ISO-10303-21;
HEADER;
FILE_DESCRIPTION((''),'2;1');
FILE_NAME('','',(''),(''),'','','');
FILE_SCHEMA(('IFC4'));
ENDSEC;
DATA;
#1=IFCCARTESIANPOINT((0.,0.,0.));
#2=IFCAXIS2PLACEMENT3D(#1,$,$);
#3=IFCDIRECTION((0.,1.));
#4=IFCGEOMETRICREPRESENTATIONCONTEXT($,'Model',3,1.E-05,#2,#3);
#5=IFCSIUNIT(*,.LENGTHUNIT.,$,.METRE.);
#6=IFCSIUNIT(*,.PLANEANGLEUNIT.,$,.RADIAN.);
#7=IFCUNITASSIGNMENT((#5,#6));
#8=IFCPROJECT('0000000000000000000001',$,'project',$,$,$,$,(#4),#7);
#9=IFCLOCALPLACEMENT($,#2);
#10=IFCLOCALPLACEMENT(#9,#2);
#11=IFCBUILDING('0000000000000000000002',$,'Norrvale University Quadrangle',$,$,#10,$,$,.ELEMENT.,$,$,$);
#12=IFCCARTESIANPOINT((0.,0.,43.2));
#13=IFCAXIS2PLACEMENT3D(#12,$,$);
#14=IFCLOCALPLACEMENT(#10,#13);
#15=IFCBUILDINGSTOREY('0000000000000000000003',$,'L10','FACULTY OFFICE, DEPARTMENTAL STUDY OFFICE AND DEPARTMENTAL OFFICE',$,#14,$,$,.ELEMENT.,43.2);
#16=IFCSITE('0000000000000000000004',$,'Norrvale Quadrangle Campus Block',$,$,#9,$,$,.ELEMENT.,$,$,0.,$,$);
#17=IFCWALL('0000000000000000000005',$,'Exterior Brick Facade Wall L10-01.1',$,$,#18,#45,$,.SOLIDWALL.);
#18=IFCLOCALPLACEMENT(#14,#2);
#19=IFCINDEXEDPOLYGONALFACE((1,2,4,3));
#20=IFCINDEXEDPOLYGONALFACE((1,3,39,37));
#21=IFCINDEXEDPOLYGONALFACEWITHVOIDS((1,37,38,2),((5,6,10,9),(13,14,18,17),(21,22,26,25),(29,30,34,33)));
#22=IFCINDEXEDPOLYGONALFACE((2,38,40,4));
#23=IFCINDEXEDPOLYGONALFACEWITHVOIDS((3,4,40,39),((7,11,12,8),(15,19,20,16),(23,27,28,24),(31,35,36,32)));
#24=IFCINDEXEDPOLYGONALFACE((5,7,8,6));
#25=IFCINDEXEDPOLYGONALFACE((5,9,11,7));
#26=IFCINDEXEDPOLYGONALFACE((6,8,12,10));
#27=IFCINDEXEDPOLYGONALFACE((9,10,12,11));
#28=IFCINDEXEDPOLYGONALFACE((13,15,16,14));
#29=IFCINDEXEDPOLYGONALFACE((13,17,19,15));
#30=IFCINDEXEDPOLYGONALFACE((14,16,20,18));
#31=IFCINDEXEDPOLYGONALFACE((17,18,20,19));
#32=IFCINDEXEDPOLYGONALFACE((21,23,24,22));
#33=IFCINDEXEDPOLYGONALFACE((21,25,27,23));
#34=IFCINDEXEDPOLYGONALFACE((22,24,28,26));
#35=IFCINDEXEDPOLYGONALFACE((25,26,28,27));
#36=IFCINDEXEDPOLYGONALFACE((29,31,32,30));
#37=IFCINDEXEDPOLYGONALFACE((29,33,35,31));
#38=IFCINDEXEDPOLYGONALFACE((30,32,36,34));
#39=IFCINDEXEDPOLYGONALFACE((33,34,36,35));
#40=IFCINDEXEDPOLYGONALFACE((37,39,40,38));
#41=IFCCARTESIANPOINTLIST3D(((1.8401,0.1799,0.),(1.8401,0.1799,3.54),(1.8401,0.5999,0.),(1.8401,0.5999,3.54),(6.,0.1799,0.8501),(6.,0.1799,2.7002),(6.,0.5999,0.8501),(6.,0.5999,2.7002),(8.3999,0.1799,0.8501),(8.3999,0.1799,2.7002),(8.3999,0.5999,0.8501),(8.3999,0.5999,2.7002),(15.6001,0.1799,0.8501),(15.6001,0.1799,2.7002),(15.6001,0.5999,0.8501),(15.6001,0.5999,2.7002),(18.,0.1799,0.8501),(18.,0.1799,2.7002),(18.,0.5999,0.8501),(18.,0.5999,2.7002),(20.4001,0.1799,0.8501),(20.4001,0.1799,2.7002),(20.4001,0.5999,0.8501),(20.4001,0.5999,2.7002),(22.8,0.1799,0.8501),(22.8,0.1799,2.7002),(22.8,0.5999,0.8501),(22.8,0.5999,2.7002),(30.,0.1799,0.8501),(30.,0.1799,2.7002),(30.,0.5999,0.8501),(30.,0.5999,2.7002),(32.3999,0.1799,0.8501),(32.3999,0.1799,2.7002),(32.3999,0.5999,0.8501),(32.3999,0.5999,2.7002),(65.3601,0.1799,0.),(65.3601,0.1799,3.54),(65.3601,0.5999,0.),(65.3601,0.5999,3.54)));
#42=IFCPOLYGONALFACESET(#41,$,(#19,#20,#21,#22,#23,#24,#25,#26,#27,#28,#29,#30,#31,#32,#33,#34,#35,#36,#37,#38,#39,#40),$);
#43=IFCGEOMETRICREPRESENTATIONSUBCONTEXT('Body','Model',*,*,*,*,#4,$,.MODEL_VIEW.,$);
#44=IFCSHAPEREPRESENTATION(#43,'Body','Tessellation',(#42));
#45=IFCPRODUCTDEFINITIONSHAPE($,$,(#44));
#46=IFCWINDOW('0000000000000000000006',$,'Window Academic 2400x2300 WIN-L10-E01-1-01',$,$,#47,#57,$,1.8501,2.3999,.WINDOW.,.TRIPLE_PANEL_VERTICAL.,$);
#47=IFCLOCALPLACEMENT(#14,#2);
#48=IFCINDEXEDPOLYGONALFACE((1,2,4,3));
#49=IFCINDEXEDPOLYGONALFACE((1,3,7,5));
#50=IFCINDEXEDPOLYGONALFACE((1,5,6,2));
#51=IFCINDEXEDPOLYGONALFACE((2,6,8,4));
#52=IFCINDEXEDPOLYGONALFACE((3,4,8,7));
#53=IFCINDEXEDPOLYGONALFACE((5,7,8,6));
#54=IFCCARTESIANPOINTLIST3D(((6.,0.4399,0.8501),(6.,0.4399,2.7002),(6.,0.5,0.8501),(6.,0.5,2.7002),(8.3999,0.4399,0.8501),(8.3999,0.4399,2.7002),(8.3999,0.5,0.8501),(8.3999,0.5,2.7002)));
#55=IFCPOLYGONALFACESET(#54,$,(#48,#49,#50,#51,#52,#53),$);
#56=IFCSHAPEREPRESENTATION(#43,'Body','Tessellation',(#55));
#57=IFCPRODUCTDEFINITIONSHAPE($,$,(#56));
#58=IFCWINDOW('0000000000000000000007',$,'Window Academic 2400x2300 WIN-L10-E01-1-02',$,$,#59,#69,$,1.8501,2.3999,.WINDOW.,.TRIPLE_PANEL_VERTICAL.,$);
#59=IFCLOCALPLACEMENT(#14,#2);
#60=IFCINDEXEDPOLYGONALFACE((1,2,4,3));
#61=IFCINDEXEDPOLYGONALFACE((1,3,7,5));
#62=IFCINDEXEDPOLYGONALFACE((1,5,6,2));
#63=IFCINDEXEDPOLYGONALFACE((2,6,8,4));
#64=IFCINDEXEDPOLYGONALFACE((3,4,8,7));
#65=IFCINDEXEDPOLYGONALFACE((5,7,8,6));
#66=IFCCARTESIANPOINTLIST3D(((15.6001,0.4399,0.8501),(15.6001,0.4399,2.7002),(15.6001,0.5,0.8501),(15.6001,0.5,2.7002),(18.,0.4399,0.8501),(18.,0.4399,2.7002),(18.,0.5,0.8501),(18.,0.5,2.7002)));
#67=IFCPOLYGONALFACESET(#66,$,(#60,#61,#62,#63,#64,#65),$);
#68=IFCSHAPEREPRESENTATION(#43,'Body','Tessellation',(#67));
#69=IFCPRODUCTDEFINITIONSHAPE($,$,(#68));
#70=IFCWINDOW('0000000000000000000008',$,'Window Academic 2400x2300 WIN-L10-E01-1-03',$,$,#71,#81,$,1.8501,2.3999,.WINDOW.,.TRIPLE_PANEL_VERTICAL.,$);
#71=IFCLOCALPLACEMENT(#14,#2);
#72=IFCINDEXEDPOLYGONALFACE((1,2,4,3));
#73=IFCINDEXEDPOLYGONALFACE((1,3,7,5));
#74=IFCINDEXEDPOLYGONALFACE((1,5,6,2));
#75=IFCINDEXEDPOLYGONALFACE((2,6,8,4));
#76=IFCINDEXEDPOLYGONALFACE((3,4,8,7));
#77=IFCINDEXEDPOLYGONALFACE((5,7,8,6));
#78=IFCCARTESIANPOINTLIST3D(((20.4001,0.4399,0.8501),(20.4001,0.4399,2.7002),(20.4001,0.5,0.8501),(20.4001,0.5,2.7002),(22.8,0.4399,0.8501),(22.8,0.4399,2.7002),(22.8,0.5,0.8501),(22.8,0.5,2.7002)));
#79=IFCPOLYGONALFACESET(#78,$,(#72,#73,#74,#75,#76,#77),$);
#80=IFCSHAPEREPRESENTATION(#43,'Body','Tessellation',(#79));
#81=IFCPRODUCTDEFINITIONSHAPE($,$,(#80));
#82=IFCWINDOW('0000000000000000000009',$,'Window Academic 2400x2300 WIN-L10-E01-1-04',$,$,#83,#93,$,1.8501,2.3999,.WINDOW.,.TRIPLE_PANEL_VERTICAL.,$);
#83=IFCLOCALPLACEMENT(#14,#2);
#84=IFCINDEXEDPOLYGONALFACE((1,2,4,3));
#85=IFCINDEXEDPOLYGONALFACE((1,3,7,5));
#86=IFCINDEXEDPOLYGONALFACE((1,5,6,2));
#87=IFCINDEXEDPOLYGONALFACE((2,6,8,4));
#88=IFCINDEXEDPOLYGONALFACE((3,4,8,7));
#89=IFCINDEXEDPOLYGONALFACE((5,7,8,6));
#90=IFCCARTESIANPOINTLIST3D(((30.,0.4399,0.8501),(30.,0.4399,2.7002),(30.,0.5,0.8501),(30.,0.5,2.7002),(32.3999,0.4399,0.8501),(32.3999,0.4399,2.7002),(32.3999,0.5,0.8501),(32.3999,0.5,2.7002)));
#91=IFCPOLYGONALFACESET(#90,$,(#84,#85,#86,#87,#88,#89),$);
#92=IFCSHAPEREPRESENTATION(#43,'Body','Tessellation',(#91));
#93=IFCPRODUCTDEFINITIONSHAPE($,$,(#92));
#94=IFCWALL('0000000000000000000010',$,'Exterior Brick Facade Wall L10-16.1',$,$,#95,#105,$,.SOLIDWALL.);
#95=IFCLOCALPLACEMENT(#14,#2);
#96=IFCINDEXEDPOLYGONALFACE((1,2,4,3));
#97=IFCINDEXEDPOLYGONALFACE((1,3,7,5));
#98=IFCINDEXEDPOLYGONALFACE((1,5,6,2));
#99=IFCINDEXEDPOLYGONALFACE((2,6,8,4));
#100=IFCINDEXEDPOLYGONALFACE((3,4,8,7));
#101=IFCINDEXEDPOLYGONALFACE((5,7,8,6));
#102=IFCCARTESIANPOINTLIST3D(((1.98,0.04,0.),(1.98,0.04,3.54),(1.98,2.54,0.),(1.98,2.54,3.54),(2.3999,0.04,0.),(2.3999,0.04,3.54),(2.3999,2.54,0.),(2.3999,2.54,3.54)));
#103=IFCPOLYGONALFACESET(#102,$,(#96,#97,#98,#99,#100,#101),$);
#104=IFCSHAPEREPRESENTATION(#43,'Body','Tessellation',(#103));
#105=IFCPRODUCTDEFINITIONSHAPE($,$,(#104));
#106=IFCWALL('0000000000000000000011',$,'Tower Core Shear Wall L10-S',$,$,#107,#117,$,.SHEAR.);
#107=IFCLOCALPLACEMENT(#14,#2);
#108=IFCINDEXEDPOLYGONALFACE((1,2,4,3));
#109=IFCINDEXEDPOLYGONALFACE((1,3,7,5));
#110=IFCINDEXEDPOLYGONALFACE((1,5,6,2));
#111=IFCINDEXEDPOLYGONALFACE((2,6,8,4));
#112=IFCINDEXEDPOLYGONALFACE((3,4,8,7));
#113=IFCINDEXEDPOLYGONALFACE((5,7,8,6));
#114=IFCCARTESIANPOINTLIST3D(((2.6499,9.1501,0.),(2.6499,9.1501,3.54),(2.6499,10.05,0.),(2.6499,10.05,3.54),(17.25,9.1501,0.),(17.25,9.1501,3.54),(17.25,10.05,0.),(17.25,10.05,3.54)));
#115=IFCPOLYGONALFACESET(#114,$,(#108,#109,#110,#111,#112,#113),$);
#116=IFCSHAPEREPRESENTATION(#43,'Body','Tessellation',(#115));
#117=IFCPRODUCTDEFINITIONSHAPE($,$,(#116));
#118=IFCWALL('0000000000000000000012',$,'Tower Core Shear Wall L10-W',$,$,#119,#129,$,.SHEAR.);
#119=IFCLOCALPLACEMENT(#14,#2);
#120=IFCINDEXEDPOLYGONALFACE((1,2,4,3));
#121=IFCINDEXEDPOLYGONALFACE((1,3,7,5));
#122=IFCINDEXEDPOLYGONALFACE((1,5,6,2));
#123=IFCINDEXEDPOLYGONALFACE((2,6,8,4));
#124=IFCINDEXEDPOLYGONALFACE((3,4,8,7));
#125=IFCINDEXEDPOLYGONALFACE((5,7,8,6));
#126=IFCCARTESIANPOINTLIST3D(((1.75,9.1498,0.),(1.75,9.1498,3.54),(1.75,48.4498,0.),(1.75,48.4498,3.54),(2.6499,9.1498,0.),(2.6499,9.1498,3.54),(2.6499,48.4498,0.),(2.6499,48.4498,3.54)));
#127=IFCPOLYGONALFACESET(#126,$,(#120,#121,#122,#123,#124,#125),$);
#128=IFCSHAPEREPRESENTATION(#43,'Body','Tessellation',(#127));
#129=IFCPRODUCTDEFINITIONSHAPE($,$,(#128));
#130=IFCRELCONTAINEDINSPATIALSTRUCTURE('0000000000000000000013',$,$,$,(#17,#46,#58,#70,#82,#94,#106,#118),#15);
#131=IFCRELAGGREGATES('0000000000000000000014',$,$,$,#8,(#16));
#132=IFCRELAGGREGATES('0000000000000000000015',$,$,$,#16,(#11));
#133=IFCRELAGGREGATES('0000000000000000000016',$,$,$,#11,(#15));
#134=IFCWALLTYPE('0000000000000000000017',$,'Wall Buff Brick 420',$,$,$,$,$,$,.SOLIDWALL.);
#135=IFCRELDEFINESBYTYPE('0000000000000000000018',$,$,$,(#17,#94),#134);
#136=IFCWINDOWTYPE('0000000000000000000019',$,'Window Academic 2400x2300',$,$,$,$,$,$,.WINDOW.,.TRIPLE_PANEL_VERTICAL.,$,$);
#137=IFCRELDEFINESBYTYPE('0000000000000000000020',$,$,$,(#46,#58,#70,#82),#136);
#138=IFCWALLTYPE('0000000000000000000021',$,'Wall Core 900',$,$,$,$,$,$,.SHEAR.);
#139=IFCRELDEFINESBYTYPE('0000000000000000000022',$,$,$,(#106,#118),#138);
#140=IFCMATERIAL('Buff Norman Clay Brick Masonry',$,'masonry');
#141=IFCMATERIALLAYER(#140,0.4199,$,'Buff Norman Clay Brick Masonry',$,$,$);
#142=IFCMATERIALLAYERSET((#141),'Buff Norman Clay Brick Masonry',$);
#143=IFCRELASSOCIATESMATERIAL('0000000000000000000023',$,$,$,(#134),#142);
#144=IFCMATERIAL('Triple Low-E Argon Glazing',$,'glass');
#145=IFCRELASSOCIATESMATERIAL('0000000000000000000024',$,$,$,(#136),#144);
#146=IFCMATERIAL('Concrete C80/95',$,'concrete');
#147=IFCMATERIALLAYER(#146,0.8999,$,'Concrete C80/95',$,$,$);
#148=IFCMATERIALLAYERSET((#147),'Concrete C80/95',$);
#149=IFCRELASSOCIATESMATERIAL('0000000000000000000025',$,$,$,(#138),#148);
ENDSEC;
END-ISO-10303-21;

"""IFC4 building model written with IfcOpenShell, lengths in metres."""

from ifc_helpers import new_model, si_unit, direction, frame, frame_2d, origin, place, context, subcontext, project, spatial, rectangle, extrude, material, layer, layer_set, type_object, element, fill, save


model = new_model("IFC4")

# Units and contexts
model_context = context("Model", 3, precision=1e-05, world=origin(), true_north=direction((0.0, 1.0)))
body_context = subcontext(model_context, "Body", "Model", "MODEL_VIEW")
ifc_project = project(units=[si_unit("LENGTHUNIT", "METRE"), si_unit("PLANEANGLEUNIT", "RADIAN")], contexts=[model_context])

# Site, building, storey
site_placement = place(None, origin())
site = spatial("IfcSite", under=ifc_project, at=site_placement, Name="Norrvale Quadrangle Campus Block", CompositionType="ELEMENT", RefElevation=0.0)
building_placement = place(site_placement, origin())
building = spatial("IfcBuilding", under=site, at=building_placement, Name="Norrvale University Quadrangle", CompositionType="ELEMENT")
storey_placement = place(building_placement, frame((0.0, 0.0, 43.2)))
storey = spatial("IfcBuildingStorey", under=building, at=storey_placement, Name="L10", Description="FACULTY OFFICE, DEPARTMENTAL STUDY OFFICE AND DEPARTMENTAL OFFICE", CompositionType="ELEMENT", Elevation=43.2)

# Shared definitions
ifc_material_1 = material(Name="Concrete C80/95", Category="concrete")

# Wall, openings, windows
ifc_material_2 = material(Name="Buff Norman Clay Brick Masonry", Category="masonry")
ifc_layer_1 = layer(ifc_material_2, 0.4199, Name="Buff Norman Clay Brick Masonry")
ifc_layer_set_1 = layer_set([ifc_layer_1], Name="Buff Norman Clay Brick Masonry")
wall_type_1 = type_object("IfcWallType", Name="Wall Buff Brick 420", PredefinedType="SOLIDWALL", material=ifc_layer_set_1)
wall_1_placement = place(storey_placement, frame((1.8401, 0.3899, 0.0), z_axis=(0.0, 0.0, 1.0), x_axis=(1.0, 0.0, 0.0)))
wall_1 = element("IfcWall", 1, at=wall_1_placement, inside=storey, type_object=wall_type_1, Name="Exterior Brick Facade Wall L10-01.1", PredefinedType="SOLIDWALL", context=body_context, shape_type="SweptSolid", body=[
    extrude(rectangle(XDim=63.52, YDim=0.4199, at=frame_2d((31.76, 0.0))), origin(), (0.0, 0.0, 1.0), 3.54),
])
opening_1_placement = place(wall_1_placement, frame((4.1599, 0.0, 0.8501)))
opening_1 = element("IfcOpeningElement", 2, at=opening_1_placement, cuts=wall_1, PredefinedType="OPENING", context=body_context, shape_type="SweptSolid", body=[
    extrude(rectangle(XDim=2.3999, YDim=1.8501, at=frame_2d((1.2, 0.925))), frame((0.0, 0.2219, 0.0), z_axis=(0.0, -1.0, 0.0), x_axis=(1.0, 0.0, 0.0)), (0.0, 0.0, 1.0), 0.4438),
])
opening_2_placement = place(wall_1_placement, frame((13.76, 0.0, 0.8501)))
opening_2 = element("IfcOpeningElement", 3, at=opening_2_placement, cuts=wall_1, PredefinedType="OPENING", context=body_context, shape_type="SweptSolid", body=[
    extrude(rectangle(XDim=2.3999, YDim=1.8501, at=frame_2d((1.2, 0.925))), frame((0.0, 0.2219, 0.0), z_axis=(0.0, -1.0, 0.0), x_axis=(1.0, 0.0, 0.0)), (0.0, 0.0, 1.0), 0.4438),
])
opening_3_placement = place(wall_1_placement, frame((18.5601, 0.0, 0.8501)))
opening_3 = element("IfcOpeningElement", 4, at=opening_3_placement, cuts=wall_1, PredefinedType="OPENING", context=body_context, shape_type="SweptSolid", body=[
    extrude(rectangle(XDim=2.3999, YDim=1.8501, at=frame_2d((1.2, 0.925))), frame((0.0, 0.2219, 0.0), z_axis=(0.0, -1.0, 0.0), x_axis=(1.0, 0.0, 0.0)), (0.0, 0.0, 1.0), 0.4438),
])
opening_4_placement = place(wall_1_placement, frame((28.1599, 0.0, 0.8501)))
opening_4 = element("IfcOpeningElement", 5, at=opening_4_placement, cuts=wall_1, PredefinedType="OPENING", context=body_context, shape_type="SweptSolid", body=[
    extrude(rectangle(XDim=2.3999, YDim=1.8501, at=frame_2d((1.2, 0.925))), frame((0.0, 0.2219, 0.0), z_axis=(0.0, -1.0, 0.0), x_axis=(1.0, 0.0, 0.0)), (0.0, 0.0, 1.0), 0.4438),
])
ifc_material_3 = material(Name="Triple Low-E Argon Glazing", Category="glass")
window_type = type_object("IfcWindowType", Name="Window Academic 2400x2300", PartitioningType="TRIPLE_PANEL_VERTICAL", PredefinedType="WINDOW", material=ifc_material_3)
window_1_placement = place(opening_1_placement, origin())
window_1 = element("IfcWindow", 6, at=window_1_placement, inside=storey, type_object=window_type, Name="Window Academic 2400x2300 WIN-L10-E01-1-01", OverallHeight=1.8501, OverallWidth=2.3999, PartitioningType="TRIPLE_PANEL_VERTICAL", PredefinedType="WINDOW", context=body_context, shape_type="SweptSolid", body=[
    extrude(rectangle(XDim=2.3999, YDim=1.8501, at=frame_2d((1.2, 0.925))), frame((0.0, 0.1101, 0.0), z_axis=(0.0, -1.0, 0.0), x_axis=(1.0, 0.0, 0.0)), (0.0, 0.0, 1.0), 0.0601),
])
fill(opening_1, window_1)
window_2_placement = place(opening_2_placement, origin())
window_2 = element("IfcWindow", 7, at=window_2_placement, inside=storey, type_object=window_type, Name="Window Academic 2400x2300 WIN-L10-E01-1-02", OverallHeight=1.8501, OverallWidth=2.3999, PartitioningType="TRIPLE_PANEL_VERTICAL", PredefinedType="WINDOW", context=body_context, shape_type="SweptSolid", body=[
    extrude(rectangle(XDim=2.3999, YDim=1.8501, at=frame_2d((1.2, 0.925))), frame((0.0, 0.1101, 0.0), z_axis=(0.0, -1.0, 0.0), x_axis=(1.0, 0.0, 0.0)), (0.0, 0.0, 1.0), 0.0601),
])
fill(opening_2, window_2)
window_3_placement = place(opening_3_placement, origin())
window_3 = element("IfcWindow", 8, at=window_3_placement, inside=storey, type_object=window_type, Name="Window Academic 2400x2300 WIN-L10-E01-1-03", OverallHeight=1.8501, OverallWidth=2.3999, PartitioningType="TRIPLE_PANEL_VERTICAL", PredefinedType="WINDOW", context=body_context, shape_type="SweptSolid", body=[
    extrude(rectangle(XDim=2.3999, YDim=1.8501, at=frame_2d((1.2, 0.925))), frame((0.0, 0.1101, 0.0), z_axis=(0.0, -1.0, 0.0), x_axis=(1.0, 0.0, 0.0)), (0.0, 0.0, 1.0), 0.0601),
])
fill(opening_3, window_3)
window_4_placement = place(opening_4_placement, origin())
window_4 = element("IfcWindow", 9, at=window_4_placement, inside=storey, type_object=window_type, Name="Window Academic 2400x2300 WIN-L10-E01-1-04", OverallHeight=1.8501, OverallWidth=2.3999, PartitioningType="TRIPLE_PANEL_VERTICAL", PredefinedType="WINDOW", context=body_context, shape_type="SweptSolid", body=[
    extrude(rectangle(XDim=2.3999, YDim=1.8501, at=frame_2d((1.2, 0.925))), frame((0.0, 0.1101, 0.0), z_axis=(0.0, -1.0, 0.0), x_axis=(1.0, 0.0, 0.0)), (0.0, 0.0, 1.0), 0.0601),
])
fill(opening_4, window_4)

# Walls
wall_2_placement = place(storey_placement, frame((2.1899, 2.54, 0.0), z_axis=(0.0, 0.0, 1.0), x_axis=(0.0, -1.0, 0.0)))
element("IfcWall", 10, at=wall_2_placement, inside=storey, type_object=wall_type_1, Name="Exterior Brick Facade Wall L10-16.1", PredefinedType="SOLIDWALL", context=body_context, shape_type="SweptSolid", body=[
    extrude(rectangle(XDim=2.5, YDim=0.4199, at=frame_2d((1.25, 0.0))), origin(), (0.0, 0.0, 1.0), 3.54),
])
ifc_layer_2 = layer(ifc_material_1, 0.8999, Name="Concrete C80/95")
ifc_layer_set_2 = layer_set([ifc_layer_2], Name="Concrete C80/95")
wall_type_2 = type_object("IfcWallType", Name="Wall Core 900", PredefinedType="SHEAR", material=ifc_layer_set_2)
wall_3_placement = place(storey_placement, frame((2.6499, 9.6001, 0.0), z_axis=(0.0, 0.0, 1.0), x_axis=(1.0, 0.0, 0.0)))
element("IfcWall", 11, at=wall_3_placement, inside=storey, type_object=wall_type_2, Name="Tower Core Shear Wall L10-S", PredefinedType="SHEAR", context=body_context, shape_type="SweptSolid", body=[
    extrude(rectangle(XDim=14.6001, YDim=0.8999, at=frame_2d((7.3, 0.0))), origin(), (0.0, 0.0, 1.0), 3.54),
])
wall_4_placement = place(storey_placement, frame((2.2, 9.1499, 0.0), z_axis=(0.0, 0.0, 1.0), x_axis=(0.0, 1.0, 0.0)))
element("IfcWall", 12, at=wall_4_placement, inside=storey, type_object=wall_type_2, Name="Tower Core Shear Wall L10-W", PredefinedType="SHEAR", context=body_context, shape_type="SweptSolid", body=[
    extrude(rectangle(XDim=39.3, YDim=0.8999, at=frame_2d((19.6499, 0.0))), origin(), (0.0, 0.0, 1.0), 3.54),
])

save(model, "model.ifc")
